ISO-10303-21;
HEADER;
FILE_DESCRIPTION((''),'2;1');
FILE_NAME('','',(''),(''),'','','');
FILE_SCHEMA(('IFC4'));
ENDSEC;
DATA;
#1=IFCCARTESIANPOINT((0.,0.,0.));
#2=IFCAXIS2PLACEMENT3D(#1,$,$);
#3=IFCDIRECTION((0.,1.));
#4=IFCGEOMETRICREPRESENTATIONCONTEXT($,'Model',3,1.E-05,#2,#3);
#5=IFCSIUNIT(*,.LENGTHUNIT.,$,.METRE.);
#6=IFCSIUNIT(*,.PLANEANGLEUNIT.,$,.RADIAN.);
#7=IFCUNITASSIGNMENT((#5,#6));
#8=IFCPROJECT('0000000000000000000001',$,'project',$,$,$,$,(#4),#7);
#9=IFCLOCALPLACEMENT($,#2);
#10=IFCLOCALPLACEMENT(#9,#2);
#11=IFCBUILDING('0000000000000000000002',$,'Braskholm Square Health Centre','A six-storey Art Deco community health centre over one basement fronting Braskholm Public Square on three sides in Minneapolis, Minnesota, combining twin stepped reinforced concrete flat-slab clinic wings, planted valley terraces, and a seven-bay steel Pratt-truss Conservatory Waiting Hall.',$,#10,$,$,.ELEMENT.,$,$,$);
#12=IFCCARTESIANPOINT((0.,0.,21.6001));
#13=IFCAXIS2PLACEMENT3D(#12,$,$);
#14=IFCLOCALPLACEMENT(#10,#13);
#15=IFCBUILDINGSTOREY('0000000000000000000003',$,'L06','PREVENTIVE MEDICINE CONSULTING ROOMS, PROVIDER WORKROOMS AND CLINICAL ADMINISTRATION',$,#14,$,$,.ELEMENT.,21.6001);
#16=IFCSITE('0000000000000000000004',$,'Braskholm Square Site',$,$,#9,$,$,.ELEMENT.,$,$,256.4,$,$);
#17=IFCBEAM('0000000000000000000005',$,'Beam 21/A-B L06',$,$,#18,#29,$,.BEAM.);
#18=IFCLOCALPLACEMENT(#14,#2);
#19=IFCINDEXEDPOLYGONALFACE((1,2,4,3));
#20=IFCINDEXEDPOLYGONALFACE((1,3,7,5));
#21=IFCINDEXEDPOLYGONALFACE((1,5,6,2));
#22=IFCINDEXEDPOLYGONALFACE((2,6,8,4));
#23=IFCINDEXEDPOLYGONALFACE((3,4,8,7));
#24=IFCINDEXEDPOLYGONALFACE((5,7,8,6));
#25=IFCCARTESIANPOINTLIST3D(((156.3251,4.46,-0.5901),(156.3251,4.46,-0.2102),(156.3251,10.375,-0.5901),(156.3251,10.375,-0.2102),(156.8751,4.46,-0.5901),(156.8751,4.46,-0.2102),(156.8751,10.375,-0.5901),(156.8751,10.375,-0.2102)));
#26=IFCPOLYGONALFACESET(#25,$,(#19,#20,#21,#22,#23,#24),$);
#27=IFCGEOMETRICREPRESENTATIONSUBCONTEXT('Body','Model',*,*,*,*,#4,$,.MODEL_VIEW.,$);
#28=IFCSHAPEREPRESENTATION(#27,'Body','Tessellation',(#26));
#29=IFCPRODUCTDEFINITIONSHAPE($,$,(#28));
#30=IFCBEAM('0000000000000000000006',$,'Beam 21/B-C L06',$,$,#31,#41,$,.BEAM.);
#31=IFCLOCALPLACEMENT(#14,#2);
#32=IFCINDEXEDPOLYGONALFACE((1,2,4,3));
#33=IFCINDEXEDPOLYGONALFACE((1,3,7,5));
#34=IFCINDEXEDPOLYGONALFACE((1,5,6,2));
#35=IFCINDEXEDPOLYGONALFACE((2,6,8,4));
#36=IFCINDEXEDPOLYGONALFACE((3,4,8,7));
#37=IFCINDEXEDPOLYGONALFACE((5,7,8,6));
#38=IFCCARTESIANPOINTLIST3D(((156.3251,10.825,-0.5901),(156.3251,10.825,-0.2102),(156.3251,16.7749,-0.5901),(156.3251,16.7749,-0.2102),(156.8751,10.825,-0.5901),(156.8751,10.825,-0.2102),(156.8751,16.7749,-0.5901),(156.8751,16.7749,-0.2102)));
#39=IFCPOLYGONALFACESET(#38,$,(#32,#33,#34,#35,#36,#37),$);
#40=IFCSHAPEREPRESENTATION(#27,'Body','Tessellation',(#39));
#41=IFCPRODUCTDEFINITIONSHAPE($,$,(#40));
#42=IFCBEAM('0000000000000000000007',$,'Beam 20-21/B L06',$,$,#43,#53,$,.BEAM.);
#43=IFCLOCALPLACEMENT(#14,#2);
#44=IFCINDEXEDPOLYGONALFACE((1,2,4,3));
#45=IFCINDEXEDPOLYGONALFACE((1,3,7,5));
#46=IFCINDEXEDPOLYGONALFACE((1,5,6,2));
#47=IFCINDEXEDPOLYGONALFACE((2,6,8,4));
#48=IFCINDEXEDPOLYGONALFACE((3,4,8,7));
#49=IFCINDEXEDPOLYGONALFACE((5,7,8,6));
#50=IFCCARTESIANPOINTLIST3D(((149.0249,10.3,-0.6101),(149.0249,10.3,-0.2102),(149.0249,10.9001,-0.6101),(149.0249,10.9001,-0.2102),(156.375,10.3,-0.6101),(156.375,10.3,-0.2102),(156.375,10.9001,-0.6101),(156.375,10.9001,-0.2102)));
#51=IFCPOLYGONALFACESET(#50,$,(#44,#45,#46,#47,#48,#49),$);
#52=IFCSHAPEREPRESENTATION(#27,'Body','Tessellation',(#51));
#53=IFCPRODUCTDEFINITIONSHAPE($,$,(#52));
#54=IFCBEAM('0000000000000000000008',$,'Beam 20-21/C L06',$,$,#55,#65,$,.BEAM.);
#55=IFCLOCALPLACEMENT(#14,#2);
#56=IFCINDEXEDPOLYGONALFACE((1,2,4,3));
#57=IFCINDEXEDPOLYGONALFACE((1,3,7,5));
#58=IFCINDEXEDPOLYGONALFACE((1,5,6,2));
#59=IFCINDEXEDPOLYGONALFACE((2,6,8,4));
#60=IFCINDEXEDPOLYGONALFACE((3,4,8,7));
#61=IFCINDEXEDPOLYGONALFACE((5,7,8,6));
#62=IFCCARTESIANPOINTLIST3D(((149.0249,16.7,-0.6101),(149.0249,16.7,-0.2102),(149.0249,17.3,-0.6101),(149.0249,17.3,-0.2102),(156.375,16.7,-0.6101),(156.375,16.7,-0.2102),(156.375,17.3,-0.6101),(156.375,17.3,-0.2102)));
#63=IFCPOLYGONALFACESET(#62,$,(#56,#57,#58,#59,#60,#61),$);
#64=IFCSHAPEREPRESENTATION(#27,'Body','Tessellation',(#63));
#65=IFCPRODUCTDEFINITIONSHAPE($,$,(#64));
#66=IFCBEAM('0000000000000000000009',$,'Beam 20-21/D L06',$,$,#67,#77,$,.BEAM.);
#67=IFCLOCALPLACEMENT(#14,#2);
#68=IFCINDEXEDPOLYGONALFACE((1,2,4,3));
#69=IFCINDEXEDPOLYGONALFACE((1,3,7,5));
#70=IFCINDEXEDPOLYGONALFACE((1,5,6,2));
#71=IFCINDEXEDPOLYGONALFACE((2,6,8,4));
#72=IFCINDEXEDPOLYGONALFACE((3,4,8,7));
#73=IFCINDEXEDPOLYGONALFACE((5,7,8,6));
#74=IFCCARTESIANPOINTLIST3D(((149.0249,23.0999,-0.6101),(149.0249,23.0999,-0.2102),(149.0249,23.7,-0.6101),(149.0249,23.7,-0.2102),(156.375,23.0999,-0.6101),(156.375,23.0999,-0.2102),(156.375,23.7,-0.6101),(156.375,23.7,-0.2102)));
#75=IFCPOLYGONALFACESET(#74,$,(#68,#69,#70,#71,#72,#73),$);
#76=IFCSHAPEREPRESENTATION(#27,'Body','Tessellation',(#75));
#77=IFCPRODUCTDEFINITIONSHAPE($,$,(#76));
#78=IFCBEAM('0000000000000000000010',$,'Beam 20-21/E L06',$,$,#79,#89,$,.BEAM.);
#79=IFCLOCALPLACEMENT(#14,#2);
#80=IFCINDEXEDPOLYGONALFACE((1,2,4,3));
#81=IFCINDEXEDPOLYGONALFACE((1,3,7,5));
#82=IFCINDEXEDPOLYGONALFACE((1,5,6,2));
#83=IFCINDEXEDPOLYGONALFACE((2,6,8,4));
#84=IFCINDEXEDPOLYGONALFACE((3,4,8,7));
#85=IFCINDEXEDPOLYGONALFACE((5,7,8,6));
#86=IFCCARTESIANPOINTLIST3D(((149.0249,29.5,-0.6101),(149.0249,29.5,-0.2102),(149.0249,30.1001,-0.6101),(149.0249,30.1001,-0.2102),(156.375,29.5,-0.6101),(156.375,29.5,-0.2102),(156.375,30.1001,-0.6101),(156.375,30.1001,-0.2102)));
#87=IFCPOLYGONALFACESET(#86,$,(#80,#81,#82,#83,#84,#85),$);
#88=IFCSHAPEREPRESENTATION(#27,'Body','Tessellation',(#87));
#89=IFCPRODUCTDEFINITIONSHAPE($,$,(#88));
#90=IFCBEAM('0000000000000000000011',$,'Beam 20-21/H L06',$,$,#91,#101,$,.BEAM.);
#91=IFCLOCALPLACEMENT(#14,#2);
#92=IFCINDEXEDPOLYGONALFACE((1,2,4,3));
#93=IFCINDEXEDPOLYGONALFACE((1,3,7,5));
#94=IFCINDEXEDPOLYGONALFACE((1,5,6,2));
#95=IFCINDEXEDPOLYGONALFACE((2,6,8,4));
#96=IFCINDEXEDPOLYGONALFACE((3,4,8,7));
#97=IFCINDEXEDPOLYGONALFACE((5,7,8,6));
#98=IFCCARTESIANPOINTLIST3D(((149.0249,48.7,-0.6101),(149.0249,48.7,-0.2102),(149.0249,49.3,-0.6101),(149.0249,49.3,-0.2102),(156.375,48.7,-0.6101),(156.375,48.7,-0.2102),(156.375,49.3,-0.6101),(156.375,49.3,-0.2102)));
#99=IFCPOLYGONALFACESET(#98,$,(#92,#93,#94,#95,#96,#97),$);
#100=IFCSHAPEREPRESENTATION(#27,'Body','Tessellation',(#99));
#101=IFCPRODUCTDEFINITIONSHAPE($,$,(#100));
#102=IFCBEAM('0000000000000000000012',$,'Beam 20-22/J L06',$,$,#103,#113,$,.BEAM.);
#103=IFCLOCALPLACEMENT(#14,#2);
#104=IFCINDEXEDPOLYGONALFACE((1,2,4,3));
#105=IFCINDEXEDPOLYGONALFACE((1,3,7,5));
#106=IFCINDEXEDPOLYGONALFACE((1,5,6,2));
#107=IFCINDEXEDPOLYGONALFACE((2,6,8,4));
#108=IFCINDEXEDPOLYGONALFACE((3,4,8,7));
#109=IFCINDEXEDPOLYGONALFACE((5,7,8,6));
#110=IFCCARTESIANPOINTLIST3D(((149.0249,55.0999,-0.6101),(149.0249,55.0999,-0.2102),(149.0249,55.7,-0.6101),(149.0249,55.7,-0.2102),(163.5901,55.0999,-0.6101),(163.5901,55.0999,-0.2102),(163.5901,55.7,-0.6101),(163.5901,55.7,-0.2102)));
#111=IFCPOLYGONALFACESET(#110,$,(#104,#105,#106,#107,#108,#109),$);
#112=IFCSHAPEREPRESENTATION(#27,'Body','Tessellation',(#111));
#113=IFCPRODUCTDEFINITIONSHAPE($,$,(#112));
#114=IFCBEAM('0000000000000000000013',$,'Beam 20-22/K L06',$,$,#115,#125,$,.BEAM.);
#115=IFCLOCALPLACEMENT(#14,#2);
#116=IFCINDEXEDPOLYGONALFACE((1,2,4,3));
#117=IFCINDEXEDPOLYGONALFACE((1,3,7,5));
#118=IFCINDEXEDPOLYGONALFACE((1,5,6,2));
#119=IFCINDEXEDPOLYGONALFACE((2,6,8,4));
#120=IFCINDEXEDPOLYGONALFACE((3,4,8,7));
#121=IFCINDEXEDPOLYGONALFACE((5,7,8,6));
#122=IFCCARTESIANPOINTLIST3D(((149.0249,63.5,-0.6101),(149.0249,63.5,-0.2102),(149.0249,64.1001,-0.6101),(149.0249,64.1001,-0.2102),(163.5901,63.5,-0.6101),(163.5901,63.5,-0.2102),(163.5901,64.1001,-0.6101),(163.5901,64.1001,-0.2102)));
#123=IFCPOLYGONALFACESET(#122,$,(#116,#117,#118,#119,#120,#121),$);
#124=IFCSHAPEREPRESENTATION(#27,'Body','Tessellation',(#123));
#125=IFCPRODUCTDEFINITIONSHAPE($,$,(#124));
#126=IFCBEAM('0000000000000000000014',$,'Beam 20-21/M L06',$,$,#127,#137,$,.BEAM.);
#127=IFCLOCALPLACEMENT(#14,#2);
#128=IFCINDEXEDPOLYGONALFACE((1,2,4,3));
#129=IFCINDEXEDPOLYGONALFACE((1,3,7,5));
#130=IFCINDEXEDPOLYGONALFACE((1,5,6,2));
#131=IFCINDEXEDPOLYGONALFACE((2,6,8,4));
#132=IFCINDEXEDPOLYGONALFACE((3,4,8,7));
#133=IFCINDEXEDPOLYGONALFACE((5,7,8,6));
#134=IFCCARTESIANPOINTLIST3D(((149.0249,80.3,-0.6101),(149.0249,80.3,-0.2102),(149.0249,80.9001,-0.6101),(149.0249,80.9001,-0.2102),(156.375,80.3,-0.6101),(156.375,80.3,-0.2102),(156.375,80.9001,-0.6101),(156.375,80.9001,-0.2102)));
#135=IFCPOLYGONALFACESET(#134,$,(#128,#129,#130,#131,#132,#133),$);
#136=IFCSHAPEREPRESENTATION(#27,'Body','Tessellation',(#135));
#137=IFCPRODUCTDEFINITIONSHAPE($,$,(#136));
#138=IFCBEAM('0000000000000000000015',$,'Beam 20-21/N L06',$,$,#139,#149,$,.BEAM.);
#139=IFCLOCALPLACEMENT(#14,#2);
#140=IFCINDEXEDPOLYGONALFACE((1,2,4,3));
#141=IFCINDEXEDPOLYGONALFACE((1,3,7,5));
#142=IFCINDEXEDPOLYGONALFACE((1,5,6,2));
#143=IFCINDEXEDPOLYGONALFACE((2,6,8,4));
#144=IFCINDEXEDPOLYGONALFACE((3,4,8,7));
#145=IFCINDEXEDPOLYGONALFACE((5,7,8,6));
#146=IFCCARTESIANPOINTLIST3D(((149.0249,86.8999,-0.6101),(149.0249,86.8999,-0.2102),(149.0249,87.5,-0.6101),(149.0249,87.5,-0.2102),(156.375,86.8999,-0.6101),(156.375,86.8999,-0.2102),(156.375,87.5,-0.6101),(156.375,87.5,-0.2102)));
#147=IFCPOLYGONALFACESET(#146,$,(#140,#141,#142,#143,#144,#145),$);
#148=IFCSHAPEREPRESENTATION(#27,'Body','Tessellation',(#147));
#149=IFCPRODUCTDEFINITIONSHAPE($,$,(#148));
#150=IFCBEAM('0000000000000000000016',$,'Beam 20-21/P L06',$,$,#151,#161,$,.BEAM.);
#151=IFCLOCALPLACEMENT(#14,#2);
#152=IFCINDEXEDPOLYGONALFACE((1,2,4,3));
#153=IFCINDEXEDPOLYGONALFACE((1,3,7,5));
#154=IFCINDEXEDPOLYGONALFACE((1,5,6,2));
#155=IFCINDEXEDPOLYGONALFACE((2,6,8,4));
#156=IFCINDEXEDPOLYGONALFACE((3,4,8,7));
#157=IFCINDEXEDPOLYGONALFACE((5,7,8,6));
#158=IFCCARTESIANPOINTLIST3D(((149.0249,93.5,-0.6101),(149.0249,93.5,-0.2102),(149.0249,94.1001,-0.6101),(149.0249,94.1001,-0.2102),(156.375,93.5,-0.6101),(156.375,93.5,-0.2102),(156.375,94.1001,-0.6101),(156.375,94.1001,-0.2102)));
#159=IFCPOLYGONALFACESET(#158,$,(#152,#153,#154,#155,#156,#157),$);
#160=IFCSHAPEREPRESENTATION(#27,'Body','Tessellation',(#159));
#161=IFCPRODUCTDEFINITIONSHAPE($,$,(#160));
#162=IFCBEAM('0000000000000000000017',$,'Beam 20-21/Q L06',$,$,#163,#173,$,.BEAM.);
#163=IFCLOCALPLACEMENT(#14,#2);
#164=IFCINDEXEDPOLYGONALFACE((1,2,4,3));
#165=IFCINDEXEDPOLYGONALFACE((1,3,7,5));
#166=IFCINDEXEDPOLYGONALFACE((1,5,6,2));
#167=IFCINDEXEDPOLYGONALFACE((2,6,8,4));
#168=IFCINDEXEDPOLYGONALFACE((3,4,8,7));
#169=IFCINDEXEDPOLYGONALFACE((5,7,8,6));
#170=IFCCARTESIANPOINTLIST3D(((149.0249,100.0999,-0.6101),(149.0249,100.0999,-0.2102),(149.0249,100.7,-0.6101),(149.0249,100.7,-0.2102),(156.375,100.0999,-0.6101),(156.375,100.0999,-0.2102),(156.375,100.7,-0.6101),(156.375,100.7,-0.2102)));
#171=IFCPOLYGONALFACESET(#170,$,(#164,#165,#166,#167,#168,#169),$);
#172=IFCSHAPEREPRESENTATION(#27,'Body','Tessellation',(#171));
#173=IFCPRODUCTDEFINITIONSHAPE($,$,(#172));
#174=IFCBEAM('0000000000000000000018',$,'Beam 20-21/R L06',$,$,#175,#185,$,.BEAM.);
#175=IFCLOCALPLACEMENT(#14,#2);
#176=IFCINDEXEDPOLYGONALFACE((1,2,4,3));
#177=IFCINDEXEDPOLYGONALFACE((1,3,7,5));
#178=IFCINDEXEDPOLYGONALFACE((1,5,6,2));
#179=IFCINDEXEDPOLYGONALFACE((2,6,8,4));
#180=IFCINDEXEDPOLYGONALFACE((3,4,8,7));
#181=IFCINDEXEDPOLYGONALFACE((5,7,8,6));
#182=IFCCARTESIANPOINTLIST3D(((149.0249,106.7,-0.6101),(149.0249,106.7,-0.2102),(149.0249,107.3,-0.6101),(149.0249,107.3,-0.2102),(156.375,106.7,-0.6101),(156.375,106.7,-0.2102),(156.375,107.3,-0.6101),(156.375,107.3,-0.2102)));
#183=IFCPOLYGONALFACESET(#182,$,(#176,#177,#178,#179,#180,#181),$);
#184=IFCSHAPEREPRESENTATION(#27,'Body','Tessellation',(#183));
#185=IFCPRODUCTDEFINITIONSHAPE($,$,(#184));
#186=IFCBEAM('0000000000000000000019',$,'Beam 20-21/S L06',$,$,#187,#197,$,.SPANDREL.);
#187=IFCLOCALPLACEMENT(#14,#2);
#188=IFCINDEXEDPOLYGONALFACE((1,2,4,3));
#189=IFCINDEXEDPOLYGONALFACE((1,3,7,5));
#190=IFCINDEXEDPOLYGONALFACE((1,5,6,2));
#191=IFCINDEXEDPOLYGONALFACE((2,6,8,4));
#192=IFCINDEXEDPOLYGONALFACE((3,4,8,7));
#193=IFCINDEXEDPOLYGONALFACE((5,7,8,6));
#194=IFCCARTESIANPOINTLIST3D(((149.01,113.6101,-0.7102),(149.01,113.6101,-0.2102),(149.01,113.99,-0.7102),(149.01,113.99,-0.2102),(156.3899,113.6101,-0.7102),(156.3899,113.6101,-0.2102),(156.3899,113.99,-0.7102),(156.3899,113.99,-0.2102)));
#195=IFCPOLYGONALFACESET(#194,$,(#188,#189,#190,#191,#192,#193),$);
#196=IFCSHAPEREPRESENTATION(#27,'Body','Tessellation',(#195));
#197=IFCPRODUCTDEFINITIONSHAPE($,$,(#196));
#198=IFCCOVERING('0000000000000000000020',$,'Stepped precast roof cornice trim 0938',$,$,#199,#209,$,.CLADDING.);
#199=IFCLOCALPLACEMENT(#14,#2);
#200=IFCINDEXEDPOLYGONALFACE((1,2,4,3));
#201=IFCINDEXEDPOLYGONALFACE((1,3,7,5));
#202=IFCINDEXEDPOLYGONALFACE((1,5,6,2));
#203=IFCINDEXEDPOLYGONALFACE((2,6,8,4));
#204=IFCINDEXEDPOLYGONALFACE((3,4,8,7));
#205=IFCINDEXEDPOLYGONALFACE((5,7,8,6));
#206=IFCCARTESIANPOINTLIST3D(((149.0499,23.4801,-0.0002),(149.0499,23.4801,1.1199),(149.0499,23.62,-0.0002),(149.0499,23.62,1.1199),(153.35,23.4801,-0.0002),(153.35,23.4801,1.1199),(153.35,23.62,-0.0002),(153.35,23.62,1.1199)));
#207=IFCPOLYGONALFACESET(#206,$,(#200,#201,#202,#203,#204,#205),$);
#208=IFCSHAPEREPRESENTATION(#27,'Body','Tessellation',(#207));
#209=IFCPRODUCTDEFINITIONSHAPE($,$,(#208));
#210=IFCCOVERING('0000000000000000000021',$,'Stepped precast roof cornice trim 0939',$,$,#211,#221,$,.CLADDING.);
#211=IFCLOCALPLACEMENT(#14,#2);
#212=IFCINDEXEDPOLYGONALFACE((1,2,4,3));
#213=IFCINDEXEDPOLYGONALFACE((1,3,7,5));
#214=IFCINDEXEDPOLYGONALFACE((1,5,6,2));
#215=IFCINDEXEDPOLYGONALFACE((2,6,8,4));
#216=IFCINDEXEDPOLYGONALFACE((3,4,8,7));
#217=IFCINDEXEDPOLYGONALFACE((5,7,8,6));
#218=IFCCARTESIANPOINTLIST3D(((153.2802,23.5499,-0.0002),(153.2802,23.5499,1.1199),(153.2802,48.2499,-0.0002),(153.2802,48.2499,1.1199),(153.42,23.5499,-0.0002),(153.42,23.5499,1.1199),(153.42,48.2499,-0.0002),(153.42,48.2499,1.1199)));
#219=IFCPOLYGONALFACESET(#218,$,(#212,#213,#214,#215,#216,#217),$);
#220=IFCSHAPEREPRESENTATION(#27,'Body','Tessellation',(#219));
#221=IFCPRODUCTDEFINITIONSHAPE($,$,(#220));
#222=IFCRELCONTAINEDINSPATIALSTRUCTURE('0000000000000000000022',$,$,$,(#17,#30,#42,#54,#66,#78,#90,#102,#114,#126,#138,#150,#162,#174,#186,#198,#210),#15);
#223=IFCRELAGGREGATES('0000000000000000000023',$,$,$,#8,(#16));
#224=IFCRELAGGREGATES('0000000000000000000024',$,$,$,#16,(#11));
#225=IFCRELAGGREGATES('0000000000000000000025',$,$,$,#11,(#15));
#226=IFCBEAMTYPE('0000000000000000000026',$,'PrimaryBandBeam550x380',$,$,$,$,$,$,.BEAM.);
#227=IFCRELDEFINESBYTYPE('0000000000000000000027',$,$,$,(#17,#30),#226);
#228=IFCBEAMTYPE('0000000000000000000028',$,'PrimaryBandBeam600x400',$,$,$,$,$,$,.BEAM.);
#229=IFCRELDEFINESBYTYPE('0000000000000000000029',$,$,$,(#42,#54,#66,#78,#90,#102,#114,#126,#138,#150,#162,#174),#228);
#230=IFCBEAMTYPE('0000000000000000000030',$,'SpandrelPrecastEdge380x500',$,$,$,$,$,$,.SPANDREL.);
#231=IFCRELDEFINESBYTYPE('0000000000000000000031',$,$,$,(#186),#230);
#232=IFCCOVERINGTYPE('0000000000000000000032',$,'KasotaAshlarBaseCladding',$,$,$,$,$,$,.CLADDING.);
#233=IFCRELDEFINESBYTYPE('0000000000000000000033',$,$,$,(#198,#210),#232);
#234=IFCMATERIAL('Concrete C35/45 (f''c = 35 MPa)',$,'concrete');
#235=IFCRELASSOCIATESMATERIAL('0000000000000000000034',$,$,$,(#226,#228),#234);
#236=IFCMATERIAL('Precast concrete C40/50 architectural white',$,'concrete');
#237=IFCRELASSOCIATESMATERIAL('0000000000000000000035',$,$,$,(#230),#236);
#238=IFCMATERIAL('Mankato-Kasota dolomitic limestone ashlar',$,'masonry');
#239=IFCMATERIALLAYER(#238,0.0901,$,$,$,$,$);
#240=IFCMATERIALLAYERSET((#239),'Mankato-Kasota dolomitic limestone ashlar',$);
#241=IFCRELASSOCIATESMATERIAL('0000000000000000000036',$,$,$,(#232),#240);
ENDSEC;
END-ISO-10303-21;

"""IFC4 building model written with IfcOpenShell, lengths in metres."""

from ifc_helpers import new_model, si_unit, direction, frame, origin, origin_2d, place, context, subcontext, project, spatial, rectangle, extrude, material, layer, layer_set, material_profile, profile_set, type_object, element, save


model = new_model("IFC4")

# Units and contexts
model_context = context("Model", 3, precision=1e-05, world=origin(), true_north=direction((0.0, 1.0)))
body_context = subcontext(model_context, "Body", "Model", "MODEL_VIEW")
ifc_project = project(units=[si_unit("LENGTHUNIT", "METRE"), si_unit("PLANEANGLEUNIT", "RADIAN")], contexts=[model_context])

# Site, building, storey
site_placement = place(None, origin())
site = spatial("IfcSite", under=ifc_project, at=site_placement, Name="Braskholm Square Site", CompositionType="ELEMENT", RefElevation=256.4)
building_placement = place(site_placement, origin())
building = spatial("IfcBuilding", under=site, at=building_placement, Name="Braskholm Square Health Centre", Description="A six-storey Art Deco community health centre over one basement fronting Braskholm Public Square on three sides in Minneapolis, Minnesota, combining twin stepped reinforced concrete flat-slab clinic wings, planted valley terraces, and a seven-bay steel Pratt-truss Conservatory Waiting Hall.", CompositionType="ELEMENT")
storey_placement = place(building_placement, frame((0.0, 0.0, 21.6001)))
storey = spatial("IfcBuildingStorey", under=building, at=storey_placement, Name="L06", Description="PREVENTIVE MEDICINE CONSULTING ROOMS, PROVIDER WORKROOMS AND CLINICAL ADMINISTRATION", CompositionType="ELEMENT", Elevation=21.6001)

# Beams
ifc_material_1 = material(Name="Concrete C35/45 (f'c = 35 MPa)", Category="concrete")
ifc_material_profile_1 = material_profile(ifc_material_1, rectangle(XDim=0.55, YDim=0.3799, at=origin_2d()), Name="RCB-550X380")
ifc_profile_set_1 = profile_set([ifc_material_profile_1], Name="Concrete C35/45 (f'c = 35 MPa)")
beam_type_1 = type_object("IfcBeamType", Name="PrimaryBandBeam550x380", PredefinedType="BEAM", material=ifc_profile_set_1)
beam_1_placement = place(storey_placement, frame((156.6001, 4.46, -0.4001), z_axis=(0.0, 1.0, 0.0), x_axis=(-1.0, 0.0, 0.0)))
element("IfcBeam", 1, at=beam_1_placement, inside=storey, type_object=beam_type_1, Name="Beam 21/A-B L06", PredefinedType="BEAM", context=body_context, shape_type="SweptSolid", body=[
    extrude(rectangle(XDim=0.55, YDim=0.3799, at=origin_2d()), origin(), (0.0, 0.0, 1.0), 5.915),
])
beam_2_placement = place(storey_placement, frame((156.6001, 10.825, -0.4001), z_axis=(0.0, 1.0, 0.0), x_axis=(-1.0, 0.0, 0.0)))
element("IfcBeam", 2, at=beam_2_placement, inside=storey, type_object=beam_type_1, Name="Beam 21/B-C L06", PredefinedType="BEAM", context=body_context, shape_type="SweptSolid", body=[
    extrude(rectangle(XDim=0.55, YDim=0.3799, at=origin_2d()), origin(), (0.0, 0.0, 1.0), 5.95),
])
ifc_material_profile_2 = material_profile(ifc_material_1, rectangle(XDim=0.6001, YDim=0.3999, at=origin_2d()), Name="RCB-600X400")
ifc_profile_set_2 = profile_set([ifc_material_profile_2], Name="Concrete C35/45 (f'c = 35 MPa)")
beam_type_2 = type_object("IfcBeamType", Name="PrimaryBandBeam600x400", PredefinedType="BEAM", material=ifc_profile_set_2)
for number, where, z_axis, x_axis, name in (
    (3, (149.0249, 10.6001, -0.4102), (1.0, 0.0, 0.0), (0.0, 1.0, 0.0), "Beam 20-21/B L06"),
    (4, (149.0249, 17.0, -0.4102), (1.0, 0.0, 0.0), (0.0, 1.0, 0.0), "Beam 20-21/C L06"),
    (5, (149.0249, 23.3999, -0.4102), (1.0, 0.0, 0.0), (0.0, 1.0, 0.0), "Beam 20-21/D L06"),
    (6, (149.0249, 29.8, -0.4102), (1.0, 0.0, 0.0), (0.0, 1.0, 0.0), "Beam 20-21/E L06"),
    (7, (149.0249, 49.0, -0.4102), (1.0, 0.0, 0.0), (0.0, 1.0, 0.0), "Beam 20-21/H L06"),
):
    element("IfcBeam", number, at=place(storey_placement, frame(where, z_axis=z_axis, x_axis=x_axis)), inside=storey, type_object=beam_type_2, Name=name, PredefinedType="BEAM", context=body_context, shape_type="SweptSolid", body=[
        extrude(rectangle(XDim=0.6001, YDim=0.3999, at=origin_2d()), origin(), (0.0, 0.0, 1.0), 7.3501),
    ])
for number, where, z_axis, x_axis, name in (
    (8, (149.0249, 55.3999, -0.4102), (1.0, 0.0, 0.0), (0.0, 1.0, 0.0), "Beam 20-22/J L06"),
    (9, (149.0249, 63.8, -0.4102), (1.0, 0.0, 0.0), (0.0, 1.0, 0.0), "Beam 20-22/K L06"),
):
    element("IfcBeam", number, at=place(storey_placement, frame(where, z_axis=z_axis, x_axis=x_axis)), inside=storey, type_object=beam_type_2, Name=name, PredefinedType="BEAM", context=body_context, shape_type="SweptSolid", body=[
        extrude(rectangle(XDim=0.6001, YDim=0.3999, at=origin_2d()), origin(), (0.0, 0.0, 1.0), 14.5652),
    ])
for number, where, z_axis, x_axis, name in (
    (10, (149.0249, 80.6001, -0.4102), (1.0, 0.0, 0.0), (0.0, 1.0, 0.0), "Beam 20-21/M L06"),
    (11, (149.0249, 87.2, -0.4102), (1.0, 0.0, 0.0), (0.0, 1.0, 0.0), "Beam 20-21/N L06"),
    (12, (149.0249, 93.8, -0.4102), (1.0, 0.0, 0.0), (0.0, 1.0, 0.0), "Beam 20-21/P L06"),
    (13, (149.0249, 100.3999, -0.4102), (1.0, 0.0, 0.0), (0.0, 1.0, 0.0), "Beam 20-21/Q L06"),
    (14, (149.0249, 107.0, -0.4102), (1.0, 0.0, 0.0), (0.0, 1.0, 0.0), "Beam 20-21/R L06"),
):
    element("IfcBeam", number, at=place(storey_placement, frame(where, z_axis=z_axis, x_axis=x_axis)), inside=storey, type_object=beam_type_2, Name=name, PredefinedType="BEAM", context=body_context, shape_type="SweptSolid", body=[
        extrude(rectangle(XDim=0.6001, YDim=0.3999, at=origin_2d()), origin(), (0.0, 0.0, 1.0), 7.3501),
    ])
ifc_material_2 = material(Name="Precast concrete C40/50 architectural white", Category="concrete")
ifc_material_profile_3 = material_profile(ifc_material_2, rectangle(XDim=0.3799, YDim=0.5, at=origin_2d()), Name="RCB-380X500")
ifc_profile_set_3 = profile_set([ifc_material_profile_3], Name="Precast concrete C40/50 architectural white")
beam_type_3 = type_object("IfcBeamType", Name="SpandrelPrecastEdge380x500", PredefinedType="SPANDREL", material=ifc_profile_set_3)
beam_3_placement = place(storey_placement, frame((149.01, 113.8, -0.4602), z_axis=(1.0, 0.0, 0.0), x_axis=(0.0, 1.0, 0.0)))
element("IfcBeam", 15, at=beam_3_placement, inside=storey, type_object=beam_type_3, Name="Beam 20-21/S L06", PredefinedType="SPANDREL", context=body_context, shape_type="SweptSolid", body=[
    extrude(rectangle(XDim=0.3799, YDim=0.5, at=origin_2d()), origin(), (0.0, 0.0, 1.0), 7.3799),
])

# Coverings
ifc_material_3 = material(Name="Mankato-Kasota dolomitic limestone ashlar", Category="masonry")
ifc_layer = layer(ifc_material_3, 0.0901)
ifc_layer_set = layer_set([ifc_layer], Name="Mankato-Kasota dolomitic limestone ashlar")
covering_type = type_object("IfcCoveringType", Name="KasotaAshlarBaseCladding", PredefinedType="CLADDING", material=ifc_layer_set)
covering_1_placement = place(storey_placement, frame((151.2, 23.55, -0.0002), z_axis=(0.0, 0.0, 1.0), x_axis=(1.0, 0.0, 0.0)))
element("IfcCovering", 16, at=covering_1_placement, inside=storey, type_object=covering_type, Name="Stepped precast roof cornice trim 0938", PredefinedType="CLADDING", context=body_context, shape_type="SweptSolid", body=[
    extrude(rectangle(XDim=4.3, YDim=0.1399, at=origin_2d()), origin(), (0.0, 0.0, 1.0), 1.1201),
])
covering_2_placement = place(storey_placement, frame((153.3501, 35.8999, -0.0002), z_axis=(0.0, 0.0, 1.0), x_axis=(0.0, 1.0, 0.0)))
element("IfcCovering", 17, at=covering_2_placement, inside=storey, type_object=covering_type, Name="Stepped precast roof cornice trim 0939", PredefinedType="CLADDING", context=body_context, shape_type="SweptSolid", body=[
    extrude(rectangle(XDim=24.7, YDim=0.1399, at=origin_2d()), origin(), (0.0, 0.0, 1.0), 1.1201),
])

save(model, "model.ifc")
